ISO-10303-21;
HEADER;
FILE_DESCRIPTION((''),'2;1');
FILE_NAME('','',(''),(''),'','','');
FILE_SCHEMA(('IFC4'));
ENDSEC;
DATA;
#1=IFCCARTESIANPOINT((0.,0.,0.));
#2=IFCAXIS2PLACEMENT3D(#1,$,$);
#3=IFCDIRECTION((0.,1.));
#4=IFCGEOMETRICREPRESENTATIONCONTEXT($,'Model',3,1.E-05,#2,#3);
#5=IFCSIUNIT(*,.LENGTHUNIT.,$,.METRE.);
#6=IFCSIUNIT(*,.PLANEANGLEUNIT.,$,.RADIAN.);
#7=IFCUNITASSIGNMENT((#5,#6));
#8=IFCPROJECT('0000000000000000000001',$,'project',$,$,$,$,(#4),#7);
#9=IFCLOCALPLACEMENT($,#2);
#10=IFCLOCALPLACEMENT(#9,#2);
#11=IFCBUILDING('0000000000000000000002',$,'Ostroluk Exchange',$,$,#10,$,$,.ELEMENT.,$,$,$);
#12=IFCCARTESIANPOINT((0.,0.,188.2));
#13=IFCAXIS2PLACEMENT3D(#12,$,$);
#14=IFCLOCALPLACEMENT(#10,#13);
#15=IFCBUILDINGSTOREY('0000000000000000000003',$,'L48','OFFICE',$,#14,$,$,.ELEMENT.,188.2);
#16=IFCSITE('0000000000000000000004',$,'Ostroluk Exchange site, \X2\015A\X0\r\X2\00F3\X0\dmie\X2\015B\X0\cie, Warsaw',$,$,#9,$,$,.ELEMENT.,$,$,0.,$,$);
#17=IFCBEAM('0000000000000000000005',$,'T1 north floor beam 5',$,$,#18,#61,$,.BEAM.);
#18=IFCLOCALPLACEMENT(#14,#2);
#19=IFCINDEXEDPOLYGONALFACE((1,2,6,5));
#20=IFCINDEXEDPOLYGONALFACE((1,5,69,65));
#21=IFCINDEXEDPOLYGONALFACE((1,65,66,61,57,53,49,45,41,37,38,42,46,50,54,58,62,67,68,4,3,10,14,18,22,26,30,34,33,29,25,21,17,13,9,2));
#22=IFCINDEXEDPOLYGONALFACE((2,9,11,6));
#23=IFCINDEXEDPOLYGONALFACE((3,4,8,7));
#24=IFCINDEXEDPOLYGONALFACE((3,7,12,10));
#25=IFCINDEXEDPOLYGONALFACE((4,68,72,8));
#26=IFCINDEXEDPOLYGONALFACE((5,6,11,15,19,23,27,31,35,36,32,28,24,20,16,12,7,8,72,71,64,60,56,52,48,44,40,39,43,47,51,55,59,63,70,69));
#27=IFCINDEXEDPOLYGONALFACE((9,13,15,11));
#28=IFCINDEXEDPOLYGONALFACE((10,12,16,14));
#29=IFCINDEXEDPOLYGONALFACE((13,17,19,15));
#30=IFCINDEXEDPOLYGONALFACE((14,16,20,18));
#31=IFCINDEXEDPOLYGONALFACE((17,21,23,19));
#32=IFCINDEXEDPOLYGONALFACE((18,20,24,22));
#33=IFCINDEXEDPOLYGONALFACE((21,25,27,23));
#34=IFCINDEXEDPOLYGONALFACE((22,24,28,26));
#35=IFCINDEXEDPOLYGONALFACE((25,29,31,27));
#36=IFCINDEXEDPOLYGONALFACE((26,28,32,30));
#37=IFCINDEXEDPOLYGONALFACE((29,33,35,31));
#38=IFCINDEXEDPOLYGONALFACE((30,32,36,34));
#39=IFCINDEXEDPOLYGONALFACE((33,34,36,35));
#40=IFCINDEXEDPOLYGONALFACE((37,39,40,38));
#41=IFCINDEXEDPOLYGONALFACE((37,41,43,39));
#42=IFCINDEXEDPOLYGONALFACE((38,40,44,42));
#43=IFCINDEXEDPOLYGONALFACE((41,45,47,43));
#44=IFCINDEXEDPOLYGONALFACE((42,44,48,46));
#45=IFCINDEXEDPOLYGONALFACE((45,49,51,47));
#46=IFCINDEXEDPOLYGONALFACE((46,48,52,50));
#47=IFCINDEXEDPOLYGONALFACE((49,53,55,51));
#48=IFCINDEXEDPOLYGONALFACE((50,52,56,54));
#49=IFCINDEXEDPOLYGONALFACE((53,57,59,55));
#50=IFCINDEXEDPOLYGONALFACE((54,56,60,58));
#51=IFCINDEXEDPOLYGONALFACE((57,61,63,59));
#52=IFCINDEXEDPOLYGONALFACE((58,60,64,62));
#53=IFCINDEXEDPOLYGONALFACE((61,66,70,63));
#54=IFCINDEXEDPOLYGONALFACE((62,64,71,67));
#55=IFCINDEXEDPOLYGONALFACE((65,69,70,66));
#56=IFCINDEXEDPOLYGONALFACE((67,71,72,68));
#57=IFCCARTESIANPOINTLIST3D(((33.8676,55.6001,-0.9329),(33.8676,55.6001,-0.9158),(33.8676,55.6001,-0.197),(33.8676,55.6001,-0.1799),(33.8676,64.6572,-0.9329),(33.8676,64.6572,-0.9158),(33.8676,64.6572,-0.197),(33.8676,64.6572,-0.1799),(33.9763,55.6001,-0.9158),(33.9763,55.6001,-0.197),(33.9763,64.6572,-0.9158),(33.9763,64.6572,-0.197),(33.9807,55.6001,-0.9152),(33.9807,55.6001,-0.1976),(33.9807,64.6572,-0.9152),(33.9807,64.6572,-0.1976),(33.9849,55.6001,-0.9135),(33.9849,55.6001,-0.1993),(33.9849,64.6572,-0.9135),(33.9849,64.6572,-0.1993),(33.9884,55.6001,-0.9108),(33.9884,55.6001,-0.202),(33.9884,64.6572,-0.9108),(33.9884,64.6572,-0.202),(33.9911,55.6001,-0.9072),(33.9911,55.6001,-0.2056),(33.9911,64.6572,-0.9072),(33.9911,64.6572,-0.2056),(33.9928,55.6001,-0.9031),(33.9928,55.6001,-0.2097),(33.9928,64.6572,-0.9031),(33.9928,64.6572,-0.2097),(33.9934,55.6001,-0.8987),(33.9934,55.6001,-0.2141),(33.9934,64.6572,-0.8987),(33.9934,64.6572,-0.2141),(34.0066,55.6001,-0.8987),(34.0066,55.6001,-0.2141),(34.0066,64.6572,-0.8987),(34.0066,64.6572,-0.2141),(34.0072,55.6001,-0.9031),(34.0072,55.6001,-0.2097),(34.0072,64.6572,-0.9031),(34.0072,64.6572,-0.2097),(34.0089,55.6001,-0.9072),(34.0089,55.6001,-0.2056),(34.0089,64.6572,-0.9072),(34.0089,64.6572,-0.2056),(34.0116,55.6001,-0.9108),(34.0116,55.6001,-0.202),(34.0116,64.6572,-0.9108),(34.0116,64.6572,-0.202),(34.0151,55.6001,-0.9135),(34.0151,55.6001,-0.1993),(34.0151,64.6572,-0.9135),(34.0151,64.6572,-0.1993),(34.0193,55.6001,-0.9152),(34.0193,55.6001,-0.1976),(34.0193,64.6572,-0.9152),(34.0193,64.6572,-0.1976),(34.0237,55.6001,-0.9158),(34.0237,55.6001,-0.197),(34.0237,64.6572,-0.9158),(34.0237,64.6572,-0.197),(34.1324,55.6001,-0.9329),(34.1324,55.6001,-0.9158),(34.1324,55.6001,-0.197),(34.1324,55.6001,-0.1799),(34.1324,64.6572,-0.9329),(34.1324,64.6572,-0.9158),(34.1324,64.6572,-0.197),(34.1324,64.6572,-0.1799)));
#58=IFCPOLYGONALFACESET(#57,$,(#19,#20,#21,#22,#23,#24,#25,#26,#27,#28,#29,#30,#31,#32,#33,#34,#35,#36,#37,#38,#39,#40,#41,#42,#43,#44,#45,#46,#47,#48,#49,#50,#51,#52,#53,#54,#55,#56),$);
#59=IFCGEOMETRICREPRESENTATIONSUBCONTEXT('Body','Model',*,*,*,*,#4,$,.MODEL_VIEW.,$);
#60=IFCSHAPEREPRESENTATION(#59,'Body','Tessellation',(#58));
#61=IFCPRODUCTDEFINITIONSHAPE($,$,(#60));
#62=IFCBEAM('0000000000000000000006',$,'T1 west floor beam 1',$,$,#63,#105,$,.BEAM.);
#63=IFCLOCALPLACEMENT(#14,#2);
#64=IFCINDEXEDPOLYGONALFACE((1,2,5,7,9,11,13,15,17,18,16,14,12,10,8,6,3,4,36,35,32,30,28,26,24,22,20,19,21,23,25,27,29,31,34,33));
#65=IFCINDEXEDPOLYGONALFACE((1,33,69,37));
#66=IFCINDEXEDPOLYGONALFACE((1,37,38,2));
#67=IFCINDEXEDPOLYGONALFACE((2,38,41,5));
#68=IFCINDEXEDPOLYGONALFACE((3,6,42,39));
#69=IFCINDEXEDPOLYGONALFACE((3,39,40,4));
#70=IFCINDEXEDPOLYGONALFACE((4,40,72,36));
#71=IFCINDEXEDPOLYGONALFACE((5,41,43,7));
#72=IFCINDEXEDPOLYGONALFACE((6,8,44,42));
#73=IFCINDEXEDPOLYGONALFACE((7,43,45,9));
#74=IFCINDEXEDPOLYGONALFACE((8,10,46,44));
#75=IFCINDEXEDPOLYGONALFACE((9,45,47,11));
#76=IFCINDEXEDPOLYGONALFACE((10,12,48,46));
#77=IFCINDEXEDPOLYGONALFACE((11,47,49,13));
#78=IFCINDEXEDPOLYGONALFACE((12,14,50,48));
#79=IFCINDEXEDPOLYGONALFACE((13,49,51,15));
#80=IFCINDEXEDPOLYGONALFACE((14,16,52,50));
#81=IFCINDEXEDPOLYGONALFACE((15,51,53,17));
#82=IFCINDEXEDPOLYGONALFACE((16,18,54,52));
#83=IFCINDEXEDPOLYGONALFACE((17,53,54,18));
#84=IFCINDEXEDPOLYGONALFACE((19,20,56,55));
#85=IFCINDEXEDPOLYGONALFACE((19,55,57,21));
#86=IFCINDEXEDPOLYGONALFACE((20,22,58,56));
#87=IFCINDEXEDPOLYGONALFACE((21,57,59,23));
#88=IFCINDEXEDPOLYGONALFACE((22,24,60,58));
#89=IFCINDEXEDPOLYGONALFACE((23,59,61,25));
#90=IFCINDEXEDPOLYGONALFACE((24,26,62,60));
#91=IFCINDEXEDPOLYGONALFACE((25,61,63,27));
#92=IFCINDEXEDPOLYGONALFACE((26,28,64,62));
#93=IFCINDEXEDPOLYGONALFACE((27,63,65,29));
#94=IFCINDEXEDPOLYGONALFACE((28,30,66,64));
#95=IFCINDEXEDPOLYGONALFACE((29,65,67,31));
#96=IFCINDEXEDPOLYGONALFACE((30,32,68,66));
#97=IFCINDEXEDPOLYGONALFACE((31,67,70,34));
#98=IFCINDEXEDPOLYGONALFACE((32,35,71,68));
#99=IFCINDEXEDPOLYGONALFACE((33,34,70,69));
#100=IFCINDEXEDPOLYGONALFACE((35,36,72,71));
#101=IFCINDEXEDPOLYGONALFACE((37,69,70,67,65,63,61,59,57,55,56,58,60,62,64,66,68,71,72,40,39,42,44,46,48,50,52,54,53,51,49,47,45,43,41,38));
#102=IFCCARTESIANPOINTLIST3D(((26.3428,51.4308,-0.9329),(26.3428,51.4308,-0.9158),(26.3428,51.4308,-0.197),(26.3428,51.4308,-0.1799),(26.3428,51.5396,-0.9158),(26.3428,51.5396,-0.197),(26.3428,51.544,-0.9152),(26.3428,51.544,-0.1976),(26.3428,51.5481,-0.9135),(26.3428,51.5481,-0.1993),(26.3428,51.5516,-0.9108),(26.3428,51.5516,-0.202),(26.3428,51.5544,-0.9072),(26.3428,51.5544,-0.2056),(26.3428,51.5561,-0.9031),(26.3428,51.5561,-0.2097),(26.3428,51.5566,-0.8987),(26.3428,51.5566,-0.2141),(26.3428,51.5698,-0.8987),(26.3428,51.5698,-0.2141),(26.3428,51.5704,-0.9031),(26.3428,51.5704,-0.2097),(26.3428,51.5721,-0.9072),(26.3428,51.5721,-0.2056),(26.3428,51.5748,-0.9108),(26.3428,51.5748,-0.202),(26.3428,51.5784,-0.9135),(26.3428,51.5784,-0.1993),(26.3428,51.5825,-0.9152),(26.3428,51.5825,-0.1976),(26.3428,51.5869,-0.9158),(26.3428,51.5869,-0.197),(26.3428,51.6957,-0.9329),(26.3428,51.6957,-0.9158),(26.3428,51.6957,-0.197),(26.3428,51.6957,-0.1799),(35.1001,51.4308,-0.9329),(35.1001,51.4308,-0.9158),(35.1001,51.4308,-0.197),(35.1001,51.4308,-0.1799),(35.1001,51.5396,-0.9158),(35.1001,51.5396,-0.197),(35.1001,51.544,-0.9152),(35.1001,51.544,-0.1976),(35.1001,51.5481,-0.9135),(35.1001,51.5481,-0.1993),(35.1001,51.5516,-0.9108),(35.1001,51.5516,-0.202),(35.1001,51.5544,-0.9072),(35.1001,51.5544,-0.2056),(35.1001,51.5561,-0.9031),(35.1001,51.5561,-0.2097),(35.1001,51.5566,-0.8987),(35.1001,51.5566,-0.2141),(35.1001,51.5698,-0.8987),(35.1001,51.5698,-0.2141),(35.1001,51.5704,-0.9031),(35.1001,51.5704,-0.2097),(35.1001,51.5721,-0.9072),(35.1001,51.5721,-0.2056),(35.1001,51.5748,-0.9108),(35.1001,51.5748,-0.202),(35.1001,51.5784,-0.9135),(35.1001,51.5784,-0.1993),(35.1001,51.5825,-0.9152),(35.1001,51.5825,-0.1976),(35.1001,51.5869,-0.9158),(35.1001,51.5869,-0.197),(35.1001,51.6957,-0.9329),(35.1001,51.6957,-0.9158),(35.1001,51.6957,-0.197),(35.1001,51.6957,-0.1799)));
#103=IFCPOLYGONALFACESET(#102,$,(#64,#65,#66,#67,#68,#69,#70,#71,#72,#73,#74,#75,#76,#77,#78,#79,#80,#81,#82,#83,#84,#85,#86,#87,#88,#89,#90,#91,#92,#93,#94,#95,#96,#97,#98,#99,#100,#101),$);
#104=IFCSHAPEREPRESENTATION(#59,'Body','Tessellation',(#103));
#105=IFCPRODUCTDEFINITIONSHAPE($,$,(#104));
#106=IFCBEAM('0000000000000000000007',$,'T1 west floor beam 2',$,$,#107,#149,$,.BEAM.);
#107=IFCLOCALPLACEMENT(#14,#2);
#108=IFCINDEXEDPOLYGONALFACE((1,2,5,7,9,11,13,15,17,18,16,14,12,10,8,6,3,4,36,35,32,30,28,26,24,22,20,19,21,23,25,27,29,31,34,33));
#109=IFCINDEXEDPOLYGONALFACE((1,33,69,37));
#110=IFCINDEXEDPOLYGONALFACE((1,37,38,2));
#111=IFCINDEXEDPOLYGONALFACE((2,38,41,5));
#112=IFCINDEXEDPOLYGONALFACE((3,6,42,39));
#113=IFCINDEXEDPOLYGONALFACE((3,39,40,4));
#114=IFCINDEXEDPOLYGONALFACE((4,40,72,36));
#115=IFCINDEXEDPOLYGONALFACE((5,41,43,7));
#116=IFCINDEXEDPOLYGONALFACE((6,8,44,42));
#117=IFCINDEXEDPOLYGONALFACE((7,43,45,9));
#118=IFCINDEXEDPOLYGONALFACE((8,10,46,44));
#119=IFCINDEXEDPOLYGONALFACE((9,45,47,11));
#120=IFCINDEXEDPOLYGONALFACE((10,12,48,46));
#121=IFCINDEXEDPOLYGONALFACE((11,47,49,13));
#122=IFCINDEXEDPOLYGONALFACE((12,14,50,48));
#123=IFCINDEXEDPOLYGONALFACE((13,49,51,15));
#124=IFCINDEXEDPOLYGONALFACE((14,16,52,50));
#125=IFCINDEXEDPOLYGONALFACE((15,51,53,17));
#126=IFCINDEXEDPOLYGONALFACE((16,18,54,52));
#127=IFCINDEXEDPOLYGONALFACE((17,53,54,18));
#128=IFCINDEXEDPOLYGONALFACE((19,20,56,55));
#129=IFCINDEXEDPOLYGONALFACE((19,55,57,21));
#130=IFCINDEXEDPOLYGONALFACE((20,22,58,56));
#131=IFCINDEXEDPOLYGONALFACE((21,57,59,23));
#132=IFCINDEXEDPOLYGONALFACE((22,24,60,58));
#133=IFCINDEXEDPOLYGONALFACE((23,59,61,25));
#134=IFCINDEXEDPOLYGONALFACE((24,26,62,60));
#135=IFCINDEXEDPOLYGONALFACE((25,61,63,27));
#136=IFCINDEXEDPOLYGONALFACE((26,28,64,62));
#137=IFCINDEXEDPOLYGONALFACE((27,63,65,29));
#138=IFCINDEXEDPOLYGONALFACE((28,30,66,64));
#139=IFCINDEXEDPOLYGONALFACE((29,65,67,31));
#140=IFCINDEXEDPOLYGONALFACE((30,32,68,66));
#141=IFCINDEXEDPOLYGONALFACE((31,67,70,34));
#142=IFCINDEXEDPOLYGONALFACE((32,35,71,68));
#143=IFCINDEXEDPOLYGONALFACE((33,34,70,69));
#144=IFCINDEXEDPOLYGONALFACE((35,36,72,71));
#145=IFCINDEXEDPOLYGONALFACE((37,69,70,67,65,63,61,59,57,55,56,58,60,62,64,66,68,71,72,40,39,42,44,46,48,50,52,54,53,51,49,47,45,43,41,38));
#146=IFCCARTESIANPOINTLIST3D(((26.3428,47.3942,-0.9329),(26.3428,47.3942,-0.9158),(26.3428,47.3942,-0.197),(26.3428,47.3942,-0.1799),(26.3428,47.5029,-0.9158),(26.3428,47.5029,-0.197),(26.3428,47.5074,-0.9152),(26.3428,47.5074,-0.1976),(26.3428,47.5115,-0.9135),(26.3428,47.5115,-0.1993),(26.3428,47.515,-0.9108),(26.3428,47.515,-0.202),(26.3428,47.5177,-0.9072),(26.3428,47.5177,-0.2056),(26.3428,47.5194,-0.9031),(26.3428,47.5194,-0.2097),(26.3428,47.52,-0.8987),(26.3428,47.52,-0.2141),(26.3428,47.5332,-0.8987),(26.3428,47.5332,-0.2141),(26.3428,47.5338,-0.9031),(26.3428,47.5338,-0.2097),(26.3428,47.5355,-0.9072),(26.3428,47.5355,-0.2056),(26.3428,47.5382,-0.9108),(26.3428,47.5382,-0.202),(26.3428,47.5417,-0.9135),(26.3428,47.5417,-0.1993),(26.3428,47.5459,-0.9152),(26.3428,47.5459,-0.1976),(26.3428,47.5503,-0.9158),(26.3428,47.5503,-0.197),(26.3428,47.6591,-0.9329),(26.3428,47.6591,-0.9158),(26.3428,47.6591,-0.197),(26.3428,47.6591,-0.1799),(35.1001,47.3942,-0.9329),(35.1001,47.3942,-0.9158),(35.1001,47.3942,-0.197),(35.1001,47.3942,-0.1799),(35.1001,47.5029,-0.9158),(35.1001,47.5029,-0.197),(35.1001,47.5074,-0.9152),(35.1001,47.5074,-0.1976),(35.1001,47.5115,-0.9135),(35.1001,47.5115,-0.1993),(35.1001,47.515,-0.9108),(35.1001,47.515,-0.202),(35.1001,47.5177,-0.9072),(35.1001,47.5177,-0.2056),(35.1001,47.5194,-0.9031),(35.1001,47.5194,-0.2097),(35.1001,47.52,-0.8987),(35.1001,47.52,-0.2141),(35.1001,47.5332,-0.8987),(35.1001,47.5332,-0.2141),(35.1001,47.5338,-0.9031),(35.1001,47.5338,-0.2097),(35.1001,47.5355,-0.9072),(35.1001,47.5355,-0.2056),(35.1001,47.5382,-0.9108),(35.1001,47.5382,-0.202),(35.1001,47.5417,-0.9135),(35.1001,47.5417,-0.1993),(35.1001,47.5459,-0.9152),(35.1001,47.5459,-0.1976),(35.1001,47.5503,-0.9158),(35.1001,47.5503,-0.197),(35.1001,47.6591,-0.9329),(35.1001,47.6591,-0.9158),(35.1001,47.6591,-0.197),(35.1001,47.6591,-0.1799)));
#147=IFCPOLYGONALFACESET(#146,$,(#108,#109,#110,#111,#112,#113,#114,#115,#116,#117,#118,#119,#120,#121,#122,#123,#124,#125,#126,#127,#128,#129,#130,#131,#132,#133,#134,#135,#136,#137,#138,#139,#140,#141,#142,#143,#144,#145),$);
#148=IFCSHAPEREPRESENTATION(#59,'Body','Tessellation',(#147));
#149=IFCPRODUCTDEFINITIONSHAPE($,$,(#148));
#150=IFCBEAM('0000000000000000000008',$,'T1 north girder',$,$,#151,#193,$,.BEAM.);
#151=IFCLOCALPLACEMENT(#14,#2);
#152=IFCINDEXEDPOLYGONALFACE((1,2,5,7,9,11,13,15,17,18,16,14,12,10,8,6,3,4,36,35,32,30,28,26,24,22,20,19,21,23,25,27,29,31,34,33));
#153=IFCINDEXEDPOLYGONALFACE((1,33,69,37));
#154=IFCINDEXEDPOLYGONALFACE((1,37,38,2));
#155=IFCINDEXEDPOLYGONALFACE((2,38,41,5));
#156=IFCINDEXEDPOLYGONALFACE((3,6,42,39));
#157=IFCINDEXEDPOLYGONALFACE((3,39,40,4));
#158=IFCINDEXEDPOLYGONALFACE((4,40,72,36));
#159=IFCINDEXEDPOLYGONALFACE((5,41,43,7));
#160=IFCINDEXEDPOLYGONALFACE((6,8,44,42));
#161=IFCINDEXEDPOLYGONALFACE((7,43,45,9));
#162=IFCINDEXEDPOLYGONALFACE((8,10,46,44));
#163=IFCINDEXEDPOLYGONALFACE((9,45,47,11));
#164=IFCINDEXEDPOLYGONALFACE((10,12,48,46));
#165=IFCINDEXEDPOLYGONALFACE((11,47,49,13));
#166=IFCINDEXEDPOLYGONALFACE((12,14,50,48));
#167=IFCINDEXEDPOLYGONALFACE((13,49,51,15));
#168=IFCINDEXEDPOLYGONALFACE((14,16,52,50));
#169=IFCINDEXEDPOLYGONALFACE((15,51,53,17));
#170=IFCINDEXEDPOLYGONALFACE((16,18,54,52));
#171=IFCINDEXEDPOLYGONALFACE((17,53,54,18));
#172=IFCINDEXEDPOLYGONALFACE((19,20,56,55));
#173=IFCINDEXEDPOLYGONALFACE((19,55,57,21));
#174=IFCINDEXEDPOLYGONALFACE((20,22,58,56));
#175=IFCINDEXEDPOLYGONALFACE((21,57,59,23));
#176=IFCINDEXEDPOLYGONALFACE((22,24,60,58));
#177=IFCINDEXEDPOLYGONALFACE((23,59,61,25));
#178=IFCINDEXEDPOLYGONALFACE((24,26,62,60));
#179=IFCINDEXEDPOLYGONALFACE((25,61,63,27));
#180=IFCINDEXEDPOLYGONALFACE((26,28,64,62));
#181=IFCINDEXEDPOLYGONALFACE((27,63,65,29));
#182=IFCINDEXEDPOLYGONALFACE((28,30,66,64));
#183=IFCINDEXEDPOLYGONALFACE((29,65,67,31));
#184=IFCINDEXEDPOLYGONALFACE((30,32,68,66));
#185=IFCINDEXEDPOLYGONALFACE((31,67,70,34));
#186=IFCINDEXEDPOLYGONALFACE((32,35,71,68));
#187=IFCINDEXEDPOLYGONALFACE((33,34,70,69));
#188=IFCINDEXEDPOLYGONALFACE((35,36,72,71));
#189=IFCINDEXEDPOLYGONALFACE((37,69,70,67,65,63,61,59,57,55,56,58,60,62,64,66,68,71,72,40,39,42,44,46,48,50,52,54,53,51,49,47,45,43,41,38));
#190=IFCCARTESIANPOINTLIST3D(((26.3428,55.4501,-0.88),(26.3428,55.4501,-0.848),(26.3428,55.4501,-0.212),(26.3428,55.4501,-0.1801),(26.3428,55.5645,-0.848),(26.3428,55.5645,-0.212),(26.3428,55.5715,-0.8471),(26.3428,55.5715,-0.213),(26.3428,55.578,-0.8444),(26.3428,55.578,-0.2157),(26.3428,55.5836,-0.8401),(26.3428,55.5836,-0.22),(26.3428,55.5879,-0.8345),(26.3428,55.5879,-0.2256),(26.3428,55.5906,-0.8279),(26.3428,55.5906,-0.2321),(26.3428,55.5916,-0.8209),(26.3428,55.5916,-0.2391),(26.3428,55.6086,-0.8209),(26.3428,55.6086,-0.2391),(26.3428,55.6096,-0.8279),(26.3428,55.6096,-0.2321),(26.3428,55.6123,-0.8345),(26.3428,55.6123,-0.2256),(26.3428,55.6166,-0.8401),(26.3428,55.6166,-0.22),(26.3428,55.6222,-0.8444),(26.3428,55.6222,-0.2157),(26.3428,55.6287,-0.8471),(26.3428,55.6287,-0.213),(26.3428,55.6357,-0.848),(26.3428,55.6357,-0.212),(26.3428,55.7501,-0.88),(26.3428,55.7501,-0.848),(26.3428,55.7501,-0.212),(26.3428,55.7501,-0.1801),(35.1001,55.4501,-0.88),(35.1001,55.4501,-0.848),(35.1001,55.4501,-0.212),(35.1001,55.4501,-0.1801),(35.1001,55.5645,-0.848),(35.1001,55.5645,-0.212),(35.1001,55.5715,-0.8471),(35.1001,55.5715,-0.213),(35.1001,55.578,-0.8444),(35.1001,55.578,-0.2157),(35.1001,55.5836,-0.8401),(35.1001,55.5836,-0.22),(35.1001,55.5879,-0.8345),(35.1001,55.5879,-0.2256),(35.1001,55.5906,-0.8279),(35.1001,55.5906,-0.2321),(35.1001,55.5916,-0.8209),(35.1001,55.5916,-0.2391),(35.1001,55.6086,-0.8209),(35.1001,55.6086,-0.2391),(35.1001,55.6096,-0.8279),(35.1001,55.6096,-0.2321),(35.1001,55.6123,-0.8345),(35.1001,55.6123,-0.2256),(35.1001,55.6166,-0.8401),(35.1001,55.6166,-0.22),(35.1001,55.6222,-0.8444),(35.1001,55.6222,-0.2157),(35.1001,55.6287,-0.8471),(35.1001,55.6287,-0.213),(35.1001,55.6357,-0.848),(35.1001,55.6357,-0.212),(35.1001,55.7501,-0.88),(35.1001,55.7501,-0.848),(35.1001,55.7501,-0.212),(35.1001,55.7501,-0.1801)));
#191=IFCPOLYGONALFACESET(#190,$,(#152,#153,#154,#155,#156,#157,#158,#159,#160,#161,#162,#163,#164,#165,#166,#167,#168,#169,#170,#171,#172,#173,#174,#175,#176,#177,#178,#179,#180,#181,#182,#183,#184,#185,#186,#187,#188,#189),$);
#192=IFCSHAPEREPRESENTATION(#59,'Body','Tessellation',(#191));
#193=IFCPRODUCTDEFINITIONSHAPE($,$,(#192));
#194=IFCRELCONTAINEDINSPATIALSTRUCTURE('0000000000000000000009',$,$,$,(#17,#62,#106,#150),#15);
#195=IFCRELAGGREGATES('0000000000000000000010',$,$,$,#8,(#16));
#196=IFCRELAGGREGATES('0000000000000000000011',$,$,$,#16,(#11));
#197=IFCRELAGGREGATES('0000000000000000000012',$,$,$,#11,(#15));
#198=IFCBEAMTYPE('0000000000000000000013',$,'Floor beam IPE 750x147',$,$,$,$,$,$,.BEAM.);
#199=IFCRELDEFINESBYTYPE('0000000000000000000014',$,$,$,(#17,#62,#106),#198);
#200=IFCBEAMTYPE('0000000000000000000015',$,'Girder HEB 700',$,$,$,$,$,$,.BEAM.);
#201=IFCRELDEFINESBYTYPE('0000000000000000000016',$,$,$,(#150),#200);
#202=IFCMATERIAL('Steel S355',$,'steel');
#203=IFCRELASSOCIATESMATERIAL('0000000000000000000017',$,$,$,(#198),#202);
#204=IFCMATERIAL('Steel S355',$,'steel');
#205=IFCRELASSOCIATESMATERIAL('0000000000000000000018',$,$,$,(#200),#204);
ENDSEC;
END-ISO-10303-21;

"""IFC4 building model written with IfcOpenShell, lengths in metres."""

from ifc_helpers import new_model, si_unit, direction, frame, origin, origin_2d, place, context, subcontext, project, spatial, i_section, extrude, material, material_profile, profile_set, type_object, element, save


model = new_model("IFC4")

# Units and contexts
model_context = context("Model", 3, precision=1e-05, world=origin(), true_north=direction((0.0, 1.0)))
body_context = subcontext(model_context, "Body", "Model", "MODEL_VIEW")
ifc_project = project(units=[si_unit("LENGTHUNIT", "METRE"), si_unit("PLANEANGLEUNIT", "RADIAN")], contexts=[model_context])

# Site, building, storey
site_placement = place(None, origin())
site = spatial("IfcSite", under=ifc_project, at=site_placement, Name="Ostroluk Exchange site, Śródmieście, Warsaw", CompositionType="ELEMENT", RefElevation=0.0)
building_placement = place(site_placement, origin())
building = spatial("IfcBuilding", under=site, at=building_placement, Name="Ostroluk Exchange", CompositionType="ELEMENT")
storey_placement = place(building_placement, frame((0.0, 0.0, 188.2)))
storey = spatial("IfcBuildingStorey", under=building, at=storey_placement, Name="L48", Description="OFFICE", CompositionType="ELEMENT", Elevation=188.2)

# Beams
ifc_material_1 = material(Name="Steel S355", Category="steel")
ifc_material_profile_1 = material_profile(ifc_material_1, i_section(OverallWidth=0.2649, OverallDepth=0.7529, WebThickness=0.0132, FlangeThickness=0.0171, FilletRadius=0.0171, at=origin_2d()), Name="IPE 750x147")
ifc_profile_set_1 = profile_set([ifc_material_profile_1], Name="Steel S355")
beam_type_1 = type_object("IfcBeamType", Name="Floor beam IPE 750x147", PredefinedType="BEAM", material=ifc_profile_set_1)
beam_1_placement = place(storey_placement, frame((34.0, 55.6001, -0.5564), z_axis=(0.0, 1.0, 0.0), x_axis=(-1.0, 0.0, 0.0)))
element("IfcBeam", 1, at=beam_1_placement, inside=storey, type_object=beam_type_1, Name="T1 north floor beam 5", PredefinedType="BEAM", context=body_context, shape_type="SweptSolid", body=[
    extrude(i_section(OverallWidth=0.2649, OverallDepth=0.7529, WebThickness=0.0132, FlangeThickness=0.0171, FilletRadius=0.0171, at=origin_2d()), origin(), (0.0, 0.0, 1.0), 9.0571),
])
for number, where, z_axis, x_axis, name in (
    (2, (35.1001, 51.5632, -0.5564), (-1.0, 0.0, 0.0), (0.0, -1.0, 0.0), "T1 west floor beam 1"),
    (3, (35.1001, 47.5266, -0.5564), (-1.0, 0.0, 0.0), (0.0, -1.0, 0.0), "T1 west floor beam 2"),
):
    element("IfcBeam", number, at=place(storey_placement, frame(where, z_axis=z_axis, x_axis=x_axis)), inside=storey, type_object=beam_type_1, Name=name, PredefinedType="BEAM", context=body_context, shape_type="SweptSolid", body=[
        extrude(i_section(OverallWidth=0.2649, OverallDepth=0.7529, WebThickness=0.0132, FlangeThickness=0.0171, FilletRadius=0.0171, at=origin_2d()), origin(), (0.0, 0.0, 1.0), 8.7573),
    ])
ifc_material_2 = material(Name="Steel S355", Category="steel")
ifc_material_profile_2 = material_profile(ifc_material_2, i_section(OverallWidth=0.3, OverallDepth=0.7, WebThickness=0.0171, FlangeThickness=0.032, FilletRadius=0.0271, at=origin_2d()), Name="HEB 700")
ifc_profile_set_2 = profile_set([ifc_material_profile_2], Name="Steel S355")
beam_type_2 = type_object("IfcBeamType", Name="Girder HEB 700", PredefinedType="BEAM", material=ifc_profile_set_2)
beam_2_placement = place(storey_placement, frame((35.1001, 55.6001, -0.53), z_axis=(-1.0, 0.0, 0.0), x_axis=(0.0, -1.0, 0.0)))
element("IfcBeam", 4, at=beam_2_placement, inside=storey, type_object=beam_type_2, Name="T1 north girder", PredefinedType="BEAM", context=body_context, shape_type="SweptSolid", body=[
    extrude(i_section(OverallWidth=0.3, OverallDepth=0.7, WebThickness=0.0171, FlangeThickness=0.032, FilletRadius=0.0271, at=origin_2d()), origin(), (0.0, 0.0, 1.0), 8.7573),
])

save(model, "model.ifc")
